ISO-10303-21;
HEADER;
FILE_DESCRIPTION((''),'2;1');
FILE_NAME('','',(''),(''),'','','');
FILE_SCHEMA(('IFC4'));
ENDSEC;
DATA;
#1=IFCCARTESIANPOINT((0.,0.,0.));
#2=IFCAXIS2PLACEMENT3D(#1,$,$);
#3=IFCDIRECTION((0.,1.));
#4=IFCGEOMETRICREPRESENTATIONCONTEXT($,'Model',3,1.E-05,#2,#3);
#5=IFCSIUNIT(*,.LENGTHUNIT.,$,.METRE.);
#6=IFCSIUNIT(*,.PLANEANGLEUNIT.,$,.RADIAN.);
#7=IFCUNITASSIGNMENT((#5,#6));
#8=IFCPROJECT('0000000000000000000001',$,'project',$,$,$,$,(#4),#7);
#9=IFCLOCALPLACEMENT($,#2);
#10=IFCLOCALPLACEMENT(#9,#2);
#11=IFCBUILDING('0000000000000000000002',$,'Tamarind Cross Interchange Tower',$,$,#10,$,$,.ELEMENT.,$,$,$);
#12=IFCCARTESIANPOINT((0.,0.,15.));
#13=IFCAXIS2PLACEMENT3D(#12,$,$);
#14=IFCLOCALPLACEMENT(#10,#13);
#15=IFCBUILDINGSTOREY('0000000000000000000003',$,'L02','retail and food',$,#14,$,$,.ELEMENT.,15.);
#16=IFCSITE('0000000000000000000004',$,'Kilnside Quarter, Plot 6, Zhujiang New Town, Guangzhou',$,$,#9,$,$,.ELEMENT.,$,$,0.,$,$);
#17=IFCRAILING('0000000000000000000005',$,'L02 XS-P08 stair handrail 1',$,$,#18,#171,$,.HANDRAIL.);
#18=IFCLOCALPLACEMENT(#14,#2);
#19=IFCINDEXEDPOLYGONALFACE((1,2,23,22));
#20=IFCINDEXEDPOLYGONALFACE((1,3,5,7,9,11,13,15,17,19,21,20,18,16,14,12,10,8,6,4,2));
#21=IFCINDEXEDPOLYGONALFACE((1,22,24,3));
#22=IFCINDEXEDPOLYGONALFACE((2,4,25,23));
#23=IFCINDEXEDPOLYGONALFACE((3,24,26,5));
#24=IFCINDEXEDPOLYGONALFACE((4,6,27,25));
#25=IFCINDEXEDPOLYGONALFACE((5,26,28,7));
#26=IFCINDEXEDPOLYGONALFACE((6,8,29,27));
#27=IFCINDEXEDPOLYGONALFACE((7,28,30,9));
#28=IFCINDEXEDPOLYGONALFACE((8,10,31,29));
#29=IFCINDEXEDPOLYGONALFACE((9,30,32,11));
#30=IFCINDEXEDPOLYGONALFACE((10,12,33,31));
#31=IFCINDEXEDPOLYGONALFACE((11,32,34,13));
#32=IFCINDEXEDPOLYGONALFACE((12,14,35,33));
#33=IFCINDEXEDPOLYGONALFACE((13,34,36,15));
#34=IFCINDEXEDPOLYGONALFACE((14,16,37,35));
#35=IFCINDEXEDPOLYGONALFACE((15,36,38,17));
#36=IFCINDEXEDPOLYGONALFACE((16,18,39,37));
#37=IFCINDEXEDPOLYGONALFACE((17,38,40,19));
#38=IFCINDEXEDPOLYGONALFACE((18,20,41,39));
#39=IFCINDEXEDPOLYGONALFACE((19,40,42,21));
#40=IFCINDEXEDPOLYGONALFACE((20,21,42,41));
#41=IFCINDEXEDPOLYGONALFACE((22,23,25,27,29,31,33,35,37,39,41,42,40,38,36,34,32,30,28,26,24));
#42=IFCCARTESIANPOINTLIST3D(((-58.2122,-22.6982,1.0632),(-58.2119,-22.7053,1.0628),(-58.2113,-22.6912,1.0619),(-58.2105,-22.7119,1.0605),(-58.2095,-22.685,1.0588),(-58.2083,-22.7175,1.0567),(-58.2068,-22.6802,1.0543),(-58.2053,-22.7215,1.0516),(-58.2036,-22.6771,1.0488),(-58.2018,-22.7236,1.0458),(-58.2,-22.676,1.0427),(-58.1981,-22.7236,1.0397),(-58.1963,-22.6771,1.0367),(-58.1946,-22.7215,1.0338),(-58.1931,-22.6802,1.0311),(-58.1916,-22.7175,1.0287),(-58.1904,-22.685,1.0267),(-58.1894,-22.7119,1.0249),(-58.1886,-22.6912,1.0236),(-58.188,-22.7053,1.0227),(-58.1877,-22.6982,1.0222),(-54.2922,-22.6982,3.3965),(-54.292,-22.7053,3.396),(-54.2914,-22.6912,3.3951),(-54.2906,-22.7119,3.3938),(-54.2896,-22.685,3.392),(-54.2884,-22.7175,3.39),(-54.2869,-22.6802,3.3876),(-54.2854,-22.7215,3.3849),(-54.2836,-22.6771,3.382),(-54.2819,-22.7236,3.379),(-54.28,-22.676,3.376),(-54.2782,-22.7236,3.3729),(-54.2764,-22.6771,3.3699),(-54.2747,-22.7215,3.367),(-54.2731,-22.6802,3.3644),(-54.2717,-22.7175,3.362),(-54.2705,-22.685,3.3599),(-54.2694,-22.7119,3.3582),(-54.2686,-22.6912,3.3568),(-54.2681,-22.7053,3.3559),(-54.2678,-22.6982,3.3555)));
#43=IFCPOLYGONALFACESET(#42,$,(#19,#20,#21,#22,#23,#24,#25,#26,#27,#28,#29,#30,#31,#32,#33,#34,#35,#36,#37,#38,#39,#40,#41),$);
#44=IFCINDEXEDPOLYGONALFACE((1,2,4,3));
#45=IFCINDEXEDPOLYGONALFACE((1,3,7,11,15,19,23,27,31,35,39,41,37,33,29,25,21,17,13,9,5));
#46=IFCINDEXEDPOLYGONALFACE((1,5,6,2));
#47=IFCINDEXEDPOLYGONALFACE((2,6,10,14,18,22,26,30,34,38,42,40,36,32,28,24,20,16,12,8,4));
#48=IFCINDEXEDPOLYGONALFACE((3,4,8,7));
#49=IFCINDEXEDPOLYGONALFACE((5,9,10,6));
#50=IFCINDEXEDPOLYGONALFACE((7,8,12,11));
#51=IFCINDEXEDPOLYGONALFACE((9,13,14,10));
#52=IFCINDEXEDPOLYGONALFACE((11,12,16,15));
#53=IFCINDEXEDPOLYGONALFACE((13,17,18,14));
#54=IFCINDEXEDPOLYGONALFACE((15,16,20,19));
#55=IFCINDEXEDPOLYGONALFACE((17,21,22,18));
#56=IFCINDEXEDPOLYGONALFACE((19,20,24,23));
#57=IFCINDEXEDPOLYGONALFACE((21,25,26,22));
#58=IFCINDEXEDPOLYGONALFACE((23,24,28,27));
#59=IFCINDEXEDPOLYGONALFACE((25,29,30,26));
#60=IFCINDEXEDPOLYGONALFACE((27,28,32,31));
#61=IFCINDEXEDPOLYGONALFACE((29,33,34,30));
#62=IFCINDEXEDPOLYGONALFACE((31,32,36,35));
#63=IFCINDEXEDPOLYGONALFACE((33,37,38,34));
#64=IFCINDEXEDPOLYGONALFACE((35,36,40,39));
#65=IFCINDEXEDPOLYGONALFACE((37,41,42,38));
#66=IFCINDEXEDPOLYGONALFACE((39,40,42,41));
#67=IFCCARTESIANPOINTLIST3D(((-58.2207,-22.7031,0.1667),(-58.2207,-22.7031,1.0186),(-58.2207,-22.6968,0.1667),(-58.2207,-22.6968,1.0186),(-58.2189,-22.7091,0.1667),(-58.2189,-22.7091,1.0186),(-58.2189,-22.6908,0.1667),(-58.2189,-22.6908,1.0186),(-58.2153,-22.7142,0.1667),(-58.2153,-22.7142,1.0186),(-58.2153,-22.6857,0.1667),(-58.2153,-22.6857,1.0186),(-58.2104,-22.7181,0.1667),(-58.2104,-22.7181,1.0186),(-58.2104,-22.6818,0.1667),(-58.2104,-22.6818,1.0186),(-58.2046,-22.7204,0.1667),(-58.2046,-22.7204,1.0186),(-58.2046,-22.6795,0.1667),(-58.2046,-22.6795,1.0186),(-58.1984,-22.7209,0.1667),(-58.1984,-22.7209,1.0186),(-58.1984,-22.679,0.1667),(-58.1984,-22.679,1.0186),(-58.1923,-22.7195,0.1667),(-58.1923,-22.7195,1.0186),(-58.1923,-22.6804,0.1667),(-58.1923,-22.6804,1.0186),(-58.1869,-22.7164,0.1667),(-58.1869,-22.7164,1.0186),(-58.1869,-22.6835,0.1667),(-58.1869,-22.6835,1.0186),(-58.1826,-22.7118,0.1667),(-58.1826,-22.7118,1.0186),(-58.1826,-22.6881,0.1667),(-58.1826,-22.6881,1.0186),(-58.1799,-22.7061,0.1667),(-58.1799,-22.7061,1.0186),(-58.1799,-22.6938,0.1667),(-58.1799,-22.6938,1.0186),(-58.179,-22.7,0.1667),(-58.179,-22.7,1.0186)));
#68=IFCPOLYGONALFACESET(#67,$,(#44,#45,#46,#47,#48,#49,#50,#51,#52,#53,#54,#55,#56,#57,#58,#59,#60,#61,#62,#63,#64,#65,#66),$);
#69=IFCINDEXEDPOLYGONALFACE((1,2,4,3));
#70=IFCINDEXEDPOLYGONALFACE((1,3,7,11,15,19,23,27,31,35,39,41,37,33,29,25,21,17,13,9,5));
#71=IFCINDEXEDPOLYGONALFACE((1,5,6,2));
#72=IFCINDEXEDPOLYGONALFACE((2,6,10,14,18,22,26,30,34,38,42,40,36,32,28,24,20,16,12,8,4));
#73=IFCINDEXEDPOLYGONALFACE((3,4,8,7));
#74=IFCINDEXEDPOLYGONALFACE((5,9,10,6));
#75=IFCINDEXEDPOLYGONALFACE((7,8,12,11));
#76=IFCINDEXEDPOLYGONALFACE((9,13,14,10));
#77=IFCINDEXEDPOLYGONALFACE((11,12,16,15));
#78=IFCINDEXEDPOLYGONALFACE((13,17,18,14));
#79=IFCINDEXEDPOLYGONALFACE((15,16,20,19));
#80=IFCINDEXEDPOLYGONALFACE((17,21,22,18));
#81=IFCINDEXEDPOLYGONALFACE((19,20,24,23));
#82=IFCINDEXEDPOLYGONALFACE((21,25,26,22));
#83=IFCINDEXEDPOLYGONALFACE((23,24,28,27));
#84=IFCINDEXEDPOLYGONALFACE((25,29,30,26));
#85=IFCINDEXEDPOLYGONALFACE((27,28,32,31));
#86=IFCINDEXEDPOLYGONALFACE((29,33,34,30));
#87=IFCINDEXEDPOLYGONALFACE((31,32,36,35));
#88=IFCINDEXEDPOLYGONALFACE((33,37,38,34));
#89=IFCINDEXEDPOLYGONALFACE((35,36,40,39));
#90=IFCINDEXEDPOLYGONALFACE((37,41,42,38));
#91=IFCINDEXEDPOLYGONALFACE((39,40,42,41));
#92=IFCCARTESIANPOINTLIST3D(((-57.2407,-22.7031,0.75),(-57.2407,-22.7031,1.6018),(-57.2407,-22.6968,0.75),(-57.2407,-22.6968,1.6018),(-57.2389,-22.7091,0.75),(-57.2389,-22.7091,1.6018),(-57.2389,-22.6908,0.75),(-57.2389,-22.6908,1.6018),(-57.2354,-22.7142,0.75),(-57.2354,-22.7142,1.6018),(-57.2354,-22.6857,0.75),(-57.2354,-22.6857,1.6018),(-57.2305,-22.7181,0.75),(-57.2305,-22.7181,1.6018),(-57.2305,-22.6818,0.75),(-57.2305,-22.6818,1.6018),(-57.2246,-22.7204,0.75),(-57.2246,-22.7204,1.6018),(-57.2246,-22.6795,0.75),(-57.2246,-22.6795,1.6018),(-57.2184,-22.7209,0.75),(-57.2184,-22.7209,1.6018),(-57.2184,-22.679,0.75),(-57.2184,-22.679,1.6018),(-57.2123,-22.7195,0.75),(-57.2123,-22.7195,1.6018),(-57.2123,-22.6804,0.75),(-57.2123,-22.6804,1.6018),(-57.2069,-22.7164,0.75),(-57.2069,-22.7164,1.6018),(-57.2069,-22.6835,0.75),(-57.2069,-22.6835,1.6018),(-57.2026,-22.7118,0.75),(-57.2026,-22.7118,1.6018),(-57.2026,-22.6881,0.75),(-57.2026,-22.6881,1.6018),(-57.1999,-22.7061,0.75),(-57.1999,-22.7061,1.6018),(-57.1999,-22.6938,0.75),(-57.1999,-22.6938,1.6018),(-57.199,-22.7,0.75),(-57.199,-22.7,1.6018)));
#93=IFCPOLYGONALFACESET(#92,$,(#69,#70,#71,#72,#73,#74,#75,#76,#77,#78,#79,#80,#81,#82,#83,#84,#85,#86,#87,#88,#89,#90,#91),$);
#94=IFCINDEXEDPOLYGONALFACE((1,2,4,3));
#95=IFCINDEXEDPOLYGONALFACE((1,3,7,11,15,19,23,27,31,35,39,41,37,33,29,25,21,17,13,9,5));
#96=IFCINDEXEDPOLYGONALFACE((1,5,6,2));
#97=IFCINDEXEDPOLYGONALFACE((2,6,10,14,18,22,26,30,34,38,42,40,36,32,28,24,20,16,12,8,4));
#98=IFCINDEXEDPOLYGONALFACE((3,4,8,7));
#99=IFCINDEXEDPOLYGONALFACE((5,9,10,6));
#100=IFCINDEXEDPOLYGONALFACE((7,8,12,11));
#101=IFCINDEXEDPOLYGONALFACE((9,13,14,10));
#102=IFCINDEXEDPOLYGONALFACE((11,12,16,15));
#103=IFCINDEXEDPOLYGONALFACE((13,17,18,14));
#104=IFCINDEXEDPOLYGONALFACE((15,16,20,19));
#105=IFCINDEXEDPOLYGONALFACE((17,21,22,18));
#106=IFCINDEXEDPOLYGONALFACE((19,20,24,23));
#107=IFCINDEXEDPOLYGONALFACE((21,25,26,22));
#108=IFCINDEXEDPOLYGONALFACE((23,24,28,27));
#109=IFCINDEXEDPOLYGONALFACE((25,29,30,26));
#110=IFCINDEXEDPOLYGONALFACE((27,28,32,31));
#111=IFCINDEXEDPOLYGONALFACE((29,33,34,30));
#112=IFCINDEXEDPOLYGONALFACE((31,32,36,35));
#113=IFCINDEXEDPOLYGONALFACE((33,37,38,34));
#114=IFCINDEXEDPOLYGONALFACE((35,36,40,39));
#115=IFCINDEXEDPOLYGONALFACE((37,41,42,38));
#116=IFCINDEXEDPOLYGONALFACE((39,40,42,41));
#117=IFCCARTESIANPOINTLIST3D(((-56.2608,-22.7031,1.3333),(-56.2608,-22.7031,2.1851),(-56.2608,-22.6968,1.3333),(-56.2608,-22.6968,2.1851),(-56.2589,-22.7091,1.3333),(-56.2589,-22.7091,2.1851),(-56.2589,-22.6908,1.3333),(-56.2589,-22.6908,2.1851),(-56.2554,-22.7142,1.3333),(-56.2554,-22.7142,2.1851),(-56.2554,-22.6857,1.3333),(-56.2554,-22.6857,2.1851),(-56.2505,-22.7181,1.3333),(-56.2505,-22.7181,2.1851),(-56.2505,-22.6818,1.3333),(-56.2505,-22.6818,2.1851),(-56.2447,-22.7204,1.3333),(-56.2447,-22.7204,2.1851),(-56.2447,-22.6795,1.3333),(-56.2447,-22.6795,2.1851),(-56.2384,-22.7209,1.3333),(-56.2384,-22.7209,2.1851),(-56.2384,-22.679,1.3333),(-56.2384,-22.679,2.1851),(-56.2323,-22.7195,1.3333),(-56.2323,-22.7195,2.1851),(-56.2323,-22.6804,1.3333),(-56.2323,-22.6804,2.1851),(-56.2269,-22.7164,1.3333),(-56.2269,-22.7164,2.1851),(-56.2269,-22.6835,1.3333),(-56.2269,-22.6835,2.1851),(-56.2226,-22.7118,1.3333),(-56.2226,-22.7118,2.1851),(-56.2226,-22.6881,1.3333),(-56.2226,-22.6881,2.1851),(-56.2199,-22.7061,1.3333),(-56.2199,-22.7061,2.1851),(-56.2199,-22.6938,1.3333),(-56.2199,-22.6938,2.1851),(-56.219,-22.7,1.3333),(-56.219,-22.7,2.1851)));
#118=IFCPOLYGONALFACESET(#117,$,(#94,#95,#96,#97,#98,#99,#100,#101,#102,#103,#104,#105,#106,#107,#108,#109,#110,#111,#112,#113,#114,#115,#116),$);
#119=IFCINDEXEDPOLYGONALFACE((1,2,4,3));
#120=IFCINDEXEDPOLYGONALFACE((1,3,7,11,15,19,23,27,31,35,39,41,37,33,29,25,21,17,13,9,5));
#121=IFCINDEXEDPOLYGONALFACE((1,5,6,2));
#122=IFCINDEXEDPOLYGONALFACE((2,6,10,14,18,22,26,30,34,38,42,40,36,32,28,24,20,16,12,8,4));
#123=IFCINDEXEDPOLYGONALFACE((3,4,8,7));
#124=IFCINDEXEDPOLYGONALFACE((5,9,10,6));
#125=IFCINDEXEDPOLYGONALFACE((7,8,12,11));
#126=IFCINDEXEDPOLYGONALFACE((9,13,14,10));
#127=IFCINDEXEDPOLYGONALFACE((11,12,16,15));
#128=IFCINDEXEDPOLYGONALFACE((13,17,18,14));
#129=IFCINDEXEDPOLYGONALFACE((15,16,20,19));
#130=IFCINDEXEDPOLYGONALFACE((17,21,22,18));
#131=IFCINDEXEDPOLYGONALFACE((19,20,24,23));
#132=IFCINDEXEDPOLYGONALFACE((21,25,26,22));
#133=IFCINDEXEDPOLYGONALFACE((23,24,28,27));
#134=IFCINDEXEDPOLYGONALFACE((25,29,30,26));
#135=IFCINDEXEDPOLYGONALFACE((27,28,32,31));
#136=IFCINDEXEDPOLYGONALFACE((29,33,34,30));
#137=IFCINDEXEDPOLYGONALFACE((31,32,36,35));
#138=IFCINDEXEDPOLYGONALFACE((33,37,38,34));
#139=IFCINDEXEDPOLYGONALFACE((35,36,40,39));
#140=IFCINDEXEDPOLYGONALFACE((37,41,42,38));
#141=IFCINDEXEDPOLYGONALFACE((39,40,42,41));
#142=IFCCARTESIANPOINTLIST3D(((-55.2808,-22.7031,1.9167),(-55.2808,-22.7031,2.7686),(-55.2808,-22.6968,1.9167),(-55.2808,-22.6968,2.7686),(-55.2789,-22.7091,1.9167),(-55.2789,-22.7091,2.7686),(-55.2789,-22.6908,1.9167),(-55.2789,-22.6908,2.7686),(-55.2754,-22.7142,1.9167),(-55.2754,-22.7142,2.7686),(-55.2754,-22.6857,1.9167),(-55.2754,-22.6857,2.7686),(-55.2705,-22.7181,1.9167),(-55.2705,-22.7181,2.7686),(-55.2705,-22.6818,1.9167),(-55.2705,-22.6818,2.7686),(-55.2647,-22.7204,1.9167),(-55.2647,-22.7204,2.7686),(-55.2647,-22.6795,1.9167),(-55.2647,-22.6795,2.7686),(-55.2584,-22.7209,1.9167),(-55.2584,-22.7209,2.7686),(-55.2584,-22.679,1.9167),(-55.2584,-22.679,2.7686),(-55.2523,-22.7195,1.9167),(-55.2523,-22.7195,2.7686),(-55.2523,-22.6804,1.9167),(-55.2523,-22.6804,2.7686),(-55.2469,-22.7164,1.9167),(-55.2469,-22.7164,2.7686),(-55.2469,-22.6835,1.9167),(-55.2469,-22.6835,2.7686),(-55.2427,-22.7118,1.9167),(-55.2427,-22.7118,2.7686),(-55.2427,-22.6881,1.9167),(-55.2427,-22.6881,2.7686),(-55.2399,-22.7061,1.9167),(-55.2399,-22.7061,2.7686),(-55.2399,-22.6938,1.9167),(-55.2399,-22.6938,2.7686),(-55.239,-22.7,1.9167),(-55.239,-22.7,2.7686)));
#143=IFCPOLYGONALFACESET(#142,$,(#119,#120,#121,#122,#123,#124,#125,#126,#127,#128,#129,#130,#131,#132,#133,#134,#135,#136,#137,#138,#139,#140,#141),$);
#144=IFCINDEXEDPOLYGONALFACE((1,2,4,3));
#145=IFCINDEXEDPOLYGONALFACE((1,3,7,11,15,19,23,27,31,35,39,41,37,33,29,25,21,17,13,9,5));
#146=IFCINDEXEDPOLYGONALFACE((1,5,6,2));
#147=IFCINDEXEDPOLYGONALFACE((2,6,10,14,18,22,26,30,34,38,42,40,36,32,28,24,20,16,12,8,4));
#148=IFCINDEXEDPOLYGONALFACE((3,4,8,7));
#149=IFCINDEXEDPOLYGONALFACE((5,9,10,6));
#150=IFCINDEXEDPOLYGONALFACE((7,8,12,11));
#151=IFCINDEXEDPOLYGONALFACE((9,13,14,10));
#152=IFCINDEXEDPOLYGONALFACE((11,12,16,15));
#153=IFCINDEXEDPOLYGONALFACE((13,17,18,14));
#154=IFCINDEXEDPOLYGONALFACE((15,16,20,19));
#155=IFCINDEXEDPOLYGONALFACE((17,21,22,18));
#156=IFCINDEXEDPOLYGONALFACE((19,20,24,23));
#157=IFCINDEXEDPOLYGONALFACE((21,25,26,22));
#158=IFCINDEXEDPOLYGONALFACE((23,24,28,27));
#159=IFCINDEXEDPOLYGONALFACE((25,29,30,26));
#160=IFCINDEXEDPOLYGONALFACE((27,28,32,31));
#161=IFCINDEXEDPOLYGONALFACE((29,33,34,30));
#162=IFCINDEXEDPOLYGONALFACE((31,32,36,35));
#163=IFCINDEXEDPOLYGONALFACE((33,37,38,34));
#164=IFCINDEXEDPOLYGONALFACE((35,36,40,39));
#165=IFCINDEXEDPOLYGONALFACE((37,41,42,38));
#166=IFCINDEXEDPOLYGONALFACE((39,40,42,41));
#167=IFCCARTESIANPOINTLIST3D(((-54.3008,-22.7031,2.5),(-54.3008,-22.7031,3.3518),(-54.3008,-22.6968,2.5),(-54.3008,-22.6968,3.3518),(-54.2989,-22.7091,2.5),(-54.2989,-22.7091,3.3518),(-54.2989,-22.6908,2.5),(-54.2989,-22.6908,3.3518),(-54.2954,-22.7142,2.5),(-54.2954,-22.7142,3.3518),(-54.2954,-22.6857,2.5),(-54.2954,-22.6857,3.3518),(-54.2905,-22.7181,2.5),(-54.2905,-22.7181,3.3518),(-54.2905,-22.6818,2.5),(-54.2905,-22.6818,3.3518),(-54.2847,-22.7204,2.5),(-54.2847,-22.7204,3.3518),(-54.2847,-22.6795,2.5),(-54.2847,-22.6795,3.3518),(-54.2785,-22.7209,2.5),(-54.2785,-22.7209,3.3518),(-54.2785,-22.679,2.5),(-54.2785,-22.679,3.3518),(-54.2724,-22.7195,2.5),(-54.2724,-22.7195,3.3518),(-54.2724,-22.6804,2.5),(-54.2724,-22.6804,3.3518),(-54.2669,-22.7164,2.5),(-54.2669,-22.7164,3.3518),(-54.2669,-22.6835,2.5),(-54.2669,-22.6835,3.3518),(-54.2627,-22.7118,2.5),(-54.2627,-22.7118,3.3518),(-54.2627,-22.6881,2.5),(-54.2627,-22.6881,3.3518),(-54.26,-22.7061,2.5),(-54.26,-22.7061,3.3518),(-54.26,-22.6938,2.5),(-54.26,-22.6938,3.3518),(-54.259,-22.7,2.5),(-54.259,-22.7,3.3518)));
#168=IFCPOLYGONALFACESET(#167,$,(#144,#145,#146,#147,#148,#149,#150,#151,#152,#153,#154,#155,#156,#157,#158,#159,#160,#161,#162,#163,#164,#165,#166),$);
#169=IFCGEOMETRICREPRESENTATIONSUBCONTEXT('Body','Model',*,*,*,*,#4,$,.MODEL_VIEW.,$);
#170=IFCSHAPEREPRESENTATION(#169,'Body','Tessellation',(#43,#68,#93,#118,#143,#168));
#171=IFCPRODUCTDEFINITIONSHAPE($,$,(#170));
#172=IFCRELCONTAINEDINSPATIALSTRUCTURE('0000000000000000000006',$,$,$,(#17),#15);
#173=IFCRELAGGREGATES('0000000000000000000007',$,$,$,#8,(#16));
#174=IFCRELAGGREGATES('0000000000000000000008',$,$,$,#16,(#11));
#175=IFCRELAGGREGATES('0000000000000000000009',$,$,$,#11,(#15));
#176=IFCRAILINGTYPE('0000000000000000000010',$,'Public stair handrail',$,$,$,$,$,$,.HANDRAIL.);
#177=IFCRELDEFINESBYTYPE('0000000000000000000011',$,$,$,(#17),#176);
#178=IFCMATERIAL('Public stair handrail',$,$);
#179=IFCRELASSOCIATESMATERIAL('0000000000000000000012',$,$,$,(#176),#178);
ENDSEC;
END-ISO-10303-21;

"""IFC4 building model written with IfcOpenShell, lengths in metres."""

from ifc_helpers import new_model, si_unit, direction, frame, origin, origin_2d, place, context, subcontext, project, spatial, circle, extrude, material, type_object, element, save


model = new_model("IFC4")

# Units and contexts
model_context = context("Model", 3, precision=1e-05, world=origin(), true_north=direction((0.0, 1.0)))
body_context = subcontext(model_context, "Body", "Model", "MODEL_VIEW")
ifc_project = project(units=[si_unit("LENGTHUNIT", "METRE"), si_unit("PLANEANGLEUNIT", "RADIAN")], contexts=[model_context])

# Site, building, storey
site_placement = place(None, origin())
site = spatial("IfcSite", under=ifc_project, at=site_placement, Name="Kilnside Quarter, Plot 6, Zhujiang New Town, Guangzhou", CompositionType="ELEMENT", RefElevation=0.0)
building_placement = place(site_placement, origin())
building = spatial("IfcBuilding", under=site, at=building_placement, Name="Tamarind Cross Interchange Tower", CompositionType="ELEMENT")
storey_placement = place(building_placement, frame((0.0, 0.0, 15.0)))
storey = spatial("IfcBuildingStorey", under=building, at=storey_placement, Name="L02", Description="retail and food", CompositionType="ELEMENT", Elevation=15.0)

# Railing
ifc_material_1 = material(Name="Public stair handrail")
railing_type_1 = type_object("IfcRailingType", Name="Public stair handrail", PredefinedType="HANDRAIL", material=ifc_material_1)
railing_1_placement = place(storey_placement, frame((-58.2, -22.7, 0.1667)))
element("IfcRailing", 1, at=railing_1_placement, inside=storey, type_object=railing_type_1, Name="L02 XS-P08 stair handrail 1", PredefinedType="HANDRAIL", context=body_context, shape_type="SweptSolid", body=[
    extrude(circle(Radius=0.0239, at=origin_2d()), frame((0.0, 0.0, 0.876), z_axis=(0.859296, 0.0, 0.511478), x_axis=(0.0, 1.0, 0.0)), (0.0, 0.0, 1.0), 4.5618),
    extrude(circle(Radius=0.021, at=origin_2d()), origin(), (0.0, 0.0, 1.0), 0.8518),
    extrude(circle(Radius=0.021, at=origin_2d()), frame((0.98, 0.0, 0.5833)), (0.0, 0.0, 1.0), 0.8518),
    extrude(circle(Radius=0.021, at=origin_2d()), frame((1.96, 0.0, 1.1665)), (0.0, 0.0, 1.0), 0.8518),
    extrude(circle(Radius=0.021, at=origin_2d()), frame((2.9399, 0.0, 1.75)), (0.0, 0.0, 1.0), 0.8518),
    extrude(circle(Radius=0.021, at=origin_2d()), frame((3.9199, 0.0, 2.3333)), (0.0, 0.0, 1.0), 0.8518),
])

save(model, "model.ifc")
